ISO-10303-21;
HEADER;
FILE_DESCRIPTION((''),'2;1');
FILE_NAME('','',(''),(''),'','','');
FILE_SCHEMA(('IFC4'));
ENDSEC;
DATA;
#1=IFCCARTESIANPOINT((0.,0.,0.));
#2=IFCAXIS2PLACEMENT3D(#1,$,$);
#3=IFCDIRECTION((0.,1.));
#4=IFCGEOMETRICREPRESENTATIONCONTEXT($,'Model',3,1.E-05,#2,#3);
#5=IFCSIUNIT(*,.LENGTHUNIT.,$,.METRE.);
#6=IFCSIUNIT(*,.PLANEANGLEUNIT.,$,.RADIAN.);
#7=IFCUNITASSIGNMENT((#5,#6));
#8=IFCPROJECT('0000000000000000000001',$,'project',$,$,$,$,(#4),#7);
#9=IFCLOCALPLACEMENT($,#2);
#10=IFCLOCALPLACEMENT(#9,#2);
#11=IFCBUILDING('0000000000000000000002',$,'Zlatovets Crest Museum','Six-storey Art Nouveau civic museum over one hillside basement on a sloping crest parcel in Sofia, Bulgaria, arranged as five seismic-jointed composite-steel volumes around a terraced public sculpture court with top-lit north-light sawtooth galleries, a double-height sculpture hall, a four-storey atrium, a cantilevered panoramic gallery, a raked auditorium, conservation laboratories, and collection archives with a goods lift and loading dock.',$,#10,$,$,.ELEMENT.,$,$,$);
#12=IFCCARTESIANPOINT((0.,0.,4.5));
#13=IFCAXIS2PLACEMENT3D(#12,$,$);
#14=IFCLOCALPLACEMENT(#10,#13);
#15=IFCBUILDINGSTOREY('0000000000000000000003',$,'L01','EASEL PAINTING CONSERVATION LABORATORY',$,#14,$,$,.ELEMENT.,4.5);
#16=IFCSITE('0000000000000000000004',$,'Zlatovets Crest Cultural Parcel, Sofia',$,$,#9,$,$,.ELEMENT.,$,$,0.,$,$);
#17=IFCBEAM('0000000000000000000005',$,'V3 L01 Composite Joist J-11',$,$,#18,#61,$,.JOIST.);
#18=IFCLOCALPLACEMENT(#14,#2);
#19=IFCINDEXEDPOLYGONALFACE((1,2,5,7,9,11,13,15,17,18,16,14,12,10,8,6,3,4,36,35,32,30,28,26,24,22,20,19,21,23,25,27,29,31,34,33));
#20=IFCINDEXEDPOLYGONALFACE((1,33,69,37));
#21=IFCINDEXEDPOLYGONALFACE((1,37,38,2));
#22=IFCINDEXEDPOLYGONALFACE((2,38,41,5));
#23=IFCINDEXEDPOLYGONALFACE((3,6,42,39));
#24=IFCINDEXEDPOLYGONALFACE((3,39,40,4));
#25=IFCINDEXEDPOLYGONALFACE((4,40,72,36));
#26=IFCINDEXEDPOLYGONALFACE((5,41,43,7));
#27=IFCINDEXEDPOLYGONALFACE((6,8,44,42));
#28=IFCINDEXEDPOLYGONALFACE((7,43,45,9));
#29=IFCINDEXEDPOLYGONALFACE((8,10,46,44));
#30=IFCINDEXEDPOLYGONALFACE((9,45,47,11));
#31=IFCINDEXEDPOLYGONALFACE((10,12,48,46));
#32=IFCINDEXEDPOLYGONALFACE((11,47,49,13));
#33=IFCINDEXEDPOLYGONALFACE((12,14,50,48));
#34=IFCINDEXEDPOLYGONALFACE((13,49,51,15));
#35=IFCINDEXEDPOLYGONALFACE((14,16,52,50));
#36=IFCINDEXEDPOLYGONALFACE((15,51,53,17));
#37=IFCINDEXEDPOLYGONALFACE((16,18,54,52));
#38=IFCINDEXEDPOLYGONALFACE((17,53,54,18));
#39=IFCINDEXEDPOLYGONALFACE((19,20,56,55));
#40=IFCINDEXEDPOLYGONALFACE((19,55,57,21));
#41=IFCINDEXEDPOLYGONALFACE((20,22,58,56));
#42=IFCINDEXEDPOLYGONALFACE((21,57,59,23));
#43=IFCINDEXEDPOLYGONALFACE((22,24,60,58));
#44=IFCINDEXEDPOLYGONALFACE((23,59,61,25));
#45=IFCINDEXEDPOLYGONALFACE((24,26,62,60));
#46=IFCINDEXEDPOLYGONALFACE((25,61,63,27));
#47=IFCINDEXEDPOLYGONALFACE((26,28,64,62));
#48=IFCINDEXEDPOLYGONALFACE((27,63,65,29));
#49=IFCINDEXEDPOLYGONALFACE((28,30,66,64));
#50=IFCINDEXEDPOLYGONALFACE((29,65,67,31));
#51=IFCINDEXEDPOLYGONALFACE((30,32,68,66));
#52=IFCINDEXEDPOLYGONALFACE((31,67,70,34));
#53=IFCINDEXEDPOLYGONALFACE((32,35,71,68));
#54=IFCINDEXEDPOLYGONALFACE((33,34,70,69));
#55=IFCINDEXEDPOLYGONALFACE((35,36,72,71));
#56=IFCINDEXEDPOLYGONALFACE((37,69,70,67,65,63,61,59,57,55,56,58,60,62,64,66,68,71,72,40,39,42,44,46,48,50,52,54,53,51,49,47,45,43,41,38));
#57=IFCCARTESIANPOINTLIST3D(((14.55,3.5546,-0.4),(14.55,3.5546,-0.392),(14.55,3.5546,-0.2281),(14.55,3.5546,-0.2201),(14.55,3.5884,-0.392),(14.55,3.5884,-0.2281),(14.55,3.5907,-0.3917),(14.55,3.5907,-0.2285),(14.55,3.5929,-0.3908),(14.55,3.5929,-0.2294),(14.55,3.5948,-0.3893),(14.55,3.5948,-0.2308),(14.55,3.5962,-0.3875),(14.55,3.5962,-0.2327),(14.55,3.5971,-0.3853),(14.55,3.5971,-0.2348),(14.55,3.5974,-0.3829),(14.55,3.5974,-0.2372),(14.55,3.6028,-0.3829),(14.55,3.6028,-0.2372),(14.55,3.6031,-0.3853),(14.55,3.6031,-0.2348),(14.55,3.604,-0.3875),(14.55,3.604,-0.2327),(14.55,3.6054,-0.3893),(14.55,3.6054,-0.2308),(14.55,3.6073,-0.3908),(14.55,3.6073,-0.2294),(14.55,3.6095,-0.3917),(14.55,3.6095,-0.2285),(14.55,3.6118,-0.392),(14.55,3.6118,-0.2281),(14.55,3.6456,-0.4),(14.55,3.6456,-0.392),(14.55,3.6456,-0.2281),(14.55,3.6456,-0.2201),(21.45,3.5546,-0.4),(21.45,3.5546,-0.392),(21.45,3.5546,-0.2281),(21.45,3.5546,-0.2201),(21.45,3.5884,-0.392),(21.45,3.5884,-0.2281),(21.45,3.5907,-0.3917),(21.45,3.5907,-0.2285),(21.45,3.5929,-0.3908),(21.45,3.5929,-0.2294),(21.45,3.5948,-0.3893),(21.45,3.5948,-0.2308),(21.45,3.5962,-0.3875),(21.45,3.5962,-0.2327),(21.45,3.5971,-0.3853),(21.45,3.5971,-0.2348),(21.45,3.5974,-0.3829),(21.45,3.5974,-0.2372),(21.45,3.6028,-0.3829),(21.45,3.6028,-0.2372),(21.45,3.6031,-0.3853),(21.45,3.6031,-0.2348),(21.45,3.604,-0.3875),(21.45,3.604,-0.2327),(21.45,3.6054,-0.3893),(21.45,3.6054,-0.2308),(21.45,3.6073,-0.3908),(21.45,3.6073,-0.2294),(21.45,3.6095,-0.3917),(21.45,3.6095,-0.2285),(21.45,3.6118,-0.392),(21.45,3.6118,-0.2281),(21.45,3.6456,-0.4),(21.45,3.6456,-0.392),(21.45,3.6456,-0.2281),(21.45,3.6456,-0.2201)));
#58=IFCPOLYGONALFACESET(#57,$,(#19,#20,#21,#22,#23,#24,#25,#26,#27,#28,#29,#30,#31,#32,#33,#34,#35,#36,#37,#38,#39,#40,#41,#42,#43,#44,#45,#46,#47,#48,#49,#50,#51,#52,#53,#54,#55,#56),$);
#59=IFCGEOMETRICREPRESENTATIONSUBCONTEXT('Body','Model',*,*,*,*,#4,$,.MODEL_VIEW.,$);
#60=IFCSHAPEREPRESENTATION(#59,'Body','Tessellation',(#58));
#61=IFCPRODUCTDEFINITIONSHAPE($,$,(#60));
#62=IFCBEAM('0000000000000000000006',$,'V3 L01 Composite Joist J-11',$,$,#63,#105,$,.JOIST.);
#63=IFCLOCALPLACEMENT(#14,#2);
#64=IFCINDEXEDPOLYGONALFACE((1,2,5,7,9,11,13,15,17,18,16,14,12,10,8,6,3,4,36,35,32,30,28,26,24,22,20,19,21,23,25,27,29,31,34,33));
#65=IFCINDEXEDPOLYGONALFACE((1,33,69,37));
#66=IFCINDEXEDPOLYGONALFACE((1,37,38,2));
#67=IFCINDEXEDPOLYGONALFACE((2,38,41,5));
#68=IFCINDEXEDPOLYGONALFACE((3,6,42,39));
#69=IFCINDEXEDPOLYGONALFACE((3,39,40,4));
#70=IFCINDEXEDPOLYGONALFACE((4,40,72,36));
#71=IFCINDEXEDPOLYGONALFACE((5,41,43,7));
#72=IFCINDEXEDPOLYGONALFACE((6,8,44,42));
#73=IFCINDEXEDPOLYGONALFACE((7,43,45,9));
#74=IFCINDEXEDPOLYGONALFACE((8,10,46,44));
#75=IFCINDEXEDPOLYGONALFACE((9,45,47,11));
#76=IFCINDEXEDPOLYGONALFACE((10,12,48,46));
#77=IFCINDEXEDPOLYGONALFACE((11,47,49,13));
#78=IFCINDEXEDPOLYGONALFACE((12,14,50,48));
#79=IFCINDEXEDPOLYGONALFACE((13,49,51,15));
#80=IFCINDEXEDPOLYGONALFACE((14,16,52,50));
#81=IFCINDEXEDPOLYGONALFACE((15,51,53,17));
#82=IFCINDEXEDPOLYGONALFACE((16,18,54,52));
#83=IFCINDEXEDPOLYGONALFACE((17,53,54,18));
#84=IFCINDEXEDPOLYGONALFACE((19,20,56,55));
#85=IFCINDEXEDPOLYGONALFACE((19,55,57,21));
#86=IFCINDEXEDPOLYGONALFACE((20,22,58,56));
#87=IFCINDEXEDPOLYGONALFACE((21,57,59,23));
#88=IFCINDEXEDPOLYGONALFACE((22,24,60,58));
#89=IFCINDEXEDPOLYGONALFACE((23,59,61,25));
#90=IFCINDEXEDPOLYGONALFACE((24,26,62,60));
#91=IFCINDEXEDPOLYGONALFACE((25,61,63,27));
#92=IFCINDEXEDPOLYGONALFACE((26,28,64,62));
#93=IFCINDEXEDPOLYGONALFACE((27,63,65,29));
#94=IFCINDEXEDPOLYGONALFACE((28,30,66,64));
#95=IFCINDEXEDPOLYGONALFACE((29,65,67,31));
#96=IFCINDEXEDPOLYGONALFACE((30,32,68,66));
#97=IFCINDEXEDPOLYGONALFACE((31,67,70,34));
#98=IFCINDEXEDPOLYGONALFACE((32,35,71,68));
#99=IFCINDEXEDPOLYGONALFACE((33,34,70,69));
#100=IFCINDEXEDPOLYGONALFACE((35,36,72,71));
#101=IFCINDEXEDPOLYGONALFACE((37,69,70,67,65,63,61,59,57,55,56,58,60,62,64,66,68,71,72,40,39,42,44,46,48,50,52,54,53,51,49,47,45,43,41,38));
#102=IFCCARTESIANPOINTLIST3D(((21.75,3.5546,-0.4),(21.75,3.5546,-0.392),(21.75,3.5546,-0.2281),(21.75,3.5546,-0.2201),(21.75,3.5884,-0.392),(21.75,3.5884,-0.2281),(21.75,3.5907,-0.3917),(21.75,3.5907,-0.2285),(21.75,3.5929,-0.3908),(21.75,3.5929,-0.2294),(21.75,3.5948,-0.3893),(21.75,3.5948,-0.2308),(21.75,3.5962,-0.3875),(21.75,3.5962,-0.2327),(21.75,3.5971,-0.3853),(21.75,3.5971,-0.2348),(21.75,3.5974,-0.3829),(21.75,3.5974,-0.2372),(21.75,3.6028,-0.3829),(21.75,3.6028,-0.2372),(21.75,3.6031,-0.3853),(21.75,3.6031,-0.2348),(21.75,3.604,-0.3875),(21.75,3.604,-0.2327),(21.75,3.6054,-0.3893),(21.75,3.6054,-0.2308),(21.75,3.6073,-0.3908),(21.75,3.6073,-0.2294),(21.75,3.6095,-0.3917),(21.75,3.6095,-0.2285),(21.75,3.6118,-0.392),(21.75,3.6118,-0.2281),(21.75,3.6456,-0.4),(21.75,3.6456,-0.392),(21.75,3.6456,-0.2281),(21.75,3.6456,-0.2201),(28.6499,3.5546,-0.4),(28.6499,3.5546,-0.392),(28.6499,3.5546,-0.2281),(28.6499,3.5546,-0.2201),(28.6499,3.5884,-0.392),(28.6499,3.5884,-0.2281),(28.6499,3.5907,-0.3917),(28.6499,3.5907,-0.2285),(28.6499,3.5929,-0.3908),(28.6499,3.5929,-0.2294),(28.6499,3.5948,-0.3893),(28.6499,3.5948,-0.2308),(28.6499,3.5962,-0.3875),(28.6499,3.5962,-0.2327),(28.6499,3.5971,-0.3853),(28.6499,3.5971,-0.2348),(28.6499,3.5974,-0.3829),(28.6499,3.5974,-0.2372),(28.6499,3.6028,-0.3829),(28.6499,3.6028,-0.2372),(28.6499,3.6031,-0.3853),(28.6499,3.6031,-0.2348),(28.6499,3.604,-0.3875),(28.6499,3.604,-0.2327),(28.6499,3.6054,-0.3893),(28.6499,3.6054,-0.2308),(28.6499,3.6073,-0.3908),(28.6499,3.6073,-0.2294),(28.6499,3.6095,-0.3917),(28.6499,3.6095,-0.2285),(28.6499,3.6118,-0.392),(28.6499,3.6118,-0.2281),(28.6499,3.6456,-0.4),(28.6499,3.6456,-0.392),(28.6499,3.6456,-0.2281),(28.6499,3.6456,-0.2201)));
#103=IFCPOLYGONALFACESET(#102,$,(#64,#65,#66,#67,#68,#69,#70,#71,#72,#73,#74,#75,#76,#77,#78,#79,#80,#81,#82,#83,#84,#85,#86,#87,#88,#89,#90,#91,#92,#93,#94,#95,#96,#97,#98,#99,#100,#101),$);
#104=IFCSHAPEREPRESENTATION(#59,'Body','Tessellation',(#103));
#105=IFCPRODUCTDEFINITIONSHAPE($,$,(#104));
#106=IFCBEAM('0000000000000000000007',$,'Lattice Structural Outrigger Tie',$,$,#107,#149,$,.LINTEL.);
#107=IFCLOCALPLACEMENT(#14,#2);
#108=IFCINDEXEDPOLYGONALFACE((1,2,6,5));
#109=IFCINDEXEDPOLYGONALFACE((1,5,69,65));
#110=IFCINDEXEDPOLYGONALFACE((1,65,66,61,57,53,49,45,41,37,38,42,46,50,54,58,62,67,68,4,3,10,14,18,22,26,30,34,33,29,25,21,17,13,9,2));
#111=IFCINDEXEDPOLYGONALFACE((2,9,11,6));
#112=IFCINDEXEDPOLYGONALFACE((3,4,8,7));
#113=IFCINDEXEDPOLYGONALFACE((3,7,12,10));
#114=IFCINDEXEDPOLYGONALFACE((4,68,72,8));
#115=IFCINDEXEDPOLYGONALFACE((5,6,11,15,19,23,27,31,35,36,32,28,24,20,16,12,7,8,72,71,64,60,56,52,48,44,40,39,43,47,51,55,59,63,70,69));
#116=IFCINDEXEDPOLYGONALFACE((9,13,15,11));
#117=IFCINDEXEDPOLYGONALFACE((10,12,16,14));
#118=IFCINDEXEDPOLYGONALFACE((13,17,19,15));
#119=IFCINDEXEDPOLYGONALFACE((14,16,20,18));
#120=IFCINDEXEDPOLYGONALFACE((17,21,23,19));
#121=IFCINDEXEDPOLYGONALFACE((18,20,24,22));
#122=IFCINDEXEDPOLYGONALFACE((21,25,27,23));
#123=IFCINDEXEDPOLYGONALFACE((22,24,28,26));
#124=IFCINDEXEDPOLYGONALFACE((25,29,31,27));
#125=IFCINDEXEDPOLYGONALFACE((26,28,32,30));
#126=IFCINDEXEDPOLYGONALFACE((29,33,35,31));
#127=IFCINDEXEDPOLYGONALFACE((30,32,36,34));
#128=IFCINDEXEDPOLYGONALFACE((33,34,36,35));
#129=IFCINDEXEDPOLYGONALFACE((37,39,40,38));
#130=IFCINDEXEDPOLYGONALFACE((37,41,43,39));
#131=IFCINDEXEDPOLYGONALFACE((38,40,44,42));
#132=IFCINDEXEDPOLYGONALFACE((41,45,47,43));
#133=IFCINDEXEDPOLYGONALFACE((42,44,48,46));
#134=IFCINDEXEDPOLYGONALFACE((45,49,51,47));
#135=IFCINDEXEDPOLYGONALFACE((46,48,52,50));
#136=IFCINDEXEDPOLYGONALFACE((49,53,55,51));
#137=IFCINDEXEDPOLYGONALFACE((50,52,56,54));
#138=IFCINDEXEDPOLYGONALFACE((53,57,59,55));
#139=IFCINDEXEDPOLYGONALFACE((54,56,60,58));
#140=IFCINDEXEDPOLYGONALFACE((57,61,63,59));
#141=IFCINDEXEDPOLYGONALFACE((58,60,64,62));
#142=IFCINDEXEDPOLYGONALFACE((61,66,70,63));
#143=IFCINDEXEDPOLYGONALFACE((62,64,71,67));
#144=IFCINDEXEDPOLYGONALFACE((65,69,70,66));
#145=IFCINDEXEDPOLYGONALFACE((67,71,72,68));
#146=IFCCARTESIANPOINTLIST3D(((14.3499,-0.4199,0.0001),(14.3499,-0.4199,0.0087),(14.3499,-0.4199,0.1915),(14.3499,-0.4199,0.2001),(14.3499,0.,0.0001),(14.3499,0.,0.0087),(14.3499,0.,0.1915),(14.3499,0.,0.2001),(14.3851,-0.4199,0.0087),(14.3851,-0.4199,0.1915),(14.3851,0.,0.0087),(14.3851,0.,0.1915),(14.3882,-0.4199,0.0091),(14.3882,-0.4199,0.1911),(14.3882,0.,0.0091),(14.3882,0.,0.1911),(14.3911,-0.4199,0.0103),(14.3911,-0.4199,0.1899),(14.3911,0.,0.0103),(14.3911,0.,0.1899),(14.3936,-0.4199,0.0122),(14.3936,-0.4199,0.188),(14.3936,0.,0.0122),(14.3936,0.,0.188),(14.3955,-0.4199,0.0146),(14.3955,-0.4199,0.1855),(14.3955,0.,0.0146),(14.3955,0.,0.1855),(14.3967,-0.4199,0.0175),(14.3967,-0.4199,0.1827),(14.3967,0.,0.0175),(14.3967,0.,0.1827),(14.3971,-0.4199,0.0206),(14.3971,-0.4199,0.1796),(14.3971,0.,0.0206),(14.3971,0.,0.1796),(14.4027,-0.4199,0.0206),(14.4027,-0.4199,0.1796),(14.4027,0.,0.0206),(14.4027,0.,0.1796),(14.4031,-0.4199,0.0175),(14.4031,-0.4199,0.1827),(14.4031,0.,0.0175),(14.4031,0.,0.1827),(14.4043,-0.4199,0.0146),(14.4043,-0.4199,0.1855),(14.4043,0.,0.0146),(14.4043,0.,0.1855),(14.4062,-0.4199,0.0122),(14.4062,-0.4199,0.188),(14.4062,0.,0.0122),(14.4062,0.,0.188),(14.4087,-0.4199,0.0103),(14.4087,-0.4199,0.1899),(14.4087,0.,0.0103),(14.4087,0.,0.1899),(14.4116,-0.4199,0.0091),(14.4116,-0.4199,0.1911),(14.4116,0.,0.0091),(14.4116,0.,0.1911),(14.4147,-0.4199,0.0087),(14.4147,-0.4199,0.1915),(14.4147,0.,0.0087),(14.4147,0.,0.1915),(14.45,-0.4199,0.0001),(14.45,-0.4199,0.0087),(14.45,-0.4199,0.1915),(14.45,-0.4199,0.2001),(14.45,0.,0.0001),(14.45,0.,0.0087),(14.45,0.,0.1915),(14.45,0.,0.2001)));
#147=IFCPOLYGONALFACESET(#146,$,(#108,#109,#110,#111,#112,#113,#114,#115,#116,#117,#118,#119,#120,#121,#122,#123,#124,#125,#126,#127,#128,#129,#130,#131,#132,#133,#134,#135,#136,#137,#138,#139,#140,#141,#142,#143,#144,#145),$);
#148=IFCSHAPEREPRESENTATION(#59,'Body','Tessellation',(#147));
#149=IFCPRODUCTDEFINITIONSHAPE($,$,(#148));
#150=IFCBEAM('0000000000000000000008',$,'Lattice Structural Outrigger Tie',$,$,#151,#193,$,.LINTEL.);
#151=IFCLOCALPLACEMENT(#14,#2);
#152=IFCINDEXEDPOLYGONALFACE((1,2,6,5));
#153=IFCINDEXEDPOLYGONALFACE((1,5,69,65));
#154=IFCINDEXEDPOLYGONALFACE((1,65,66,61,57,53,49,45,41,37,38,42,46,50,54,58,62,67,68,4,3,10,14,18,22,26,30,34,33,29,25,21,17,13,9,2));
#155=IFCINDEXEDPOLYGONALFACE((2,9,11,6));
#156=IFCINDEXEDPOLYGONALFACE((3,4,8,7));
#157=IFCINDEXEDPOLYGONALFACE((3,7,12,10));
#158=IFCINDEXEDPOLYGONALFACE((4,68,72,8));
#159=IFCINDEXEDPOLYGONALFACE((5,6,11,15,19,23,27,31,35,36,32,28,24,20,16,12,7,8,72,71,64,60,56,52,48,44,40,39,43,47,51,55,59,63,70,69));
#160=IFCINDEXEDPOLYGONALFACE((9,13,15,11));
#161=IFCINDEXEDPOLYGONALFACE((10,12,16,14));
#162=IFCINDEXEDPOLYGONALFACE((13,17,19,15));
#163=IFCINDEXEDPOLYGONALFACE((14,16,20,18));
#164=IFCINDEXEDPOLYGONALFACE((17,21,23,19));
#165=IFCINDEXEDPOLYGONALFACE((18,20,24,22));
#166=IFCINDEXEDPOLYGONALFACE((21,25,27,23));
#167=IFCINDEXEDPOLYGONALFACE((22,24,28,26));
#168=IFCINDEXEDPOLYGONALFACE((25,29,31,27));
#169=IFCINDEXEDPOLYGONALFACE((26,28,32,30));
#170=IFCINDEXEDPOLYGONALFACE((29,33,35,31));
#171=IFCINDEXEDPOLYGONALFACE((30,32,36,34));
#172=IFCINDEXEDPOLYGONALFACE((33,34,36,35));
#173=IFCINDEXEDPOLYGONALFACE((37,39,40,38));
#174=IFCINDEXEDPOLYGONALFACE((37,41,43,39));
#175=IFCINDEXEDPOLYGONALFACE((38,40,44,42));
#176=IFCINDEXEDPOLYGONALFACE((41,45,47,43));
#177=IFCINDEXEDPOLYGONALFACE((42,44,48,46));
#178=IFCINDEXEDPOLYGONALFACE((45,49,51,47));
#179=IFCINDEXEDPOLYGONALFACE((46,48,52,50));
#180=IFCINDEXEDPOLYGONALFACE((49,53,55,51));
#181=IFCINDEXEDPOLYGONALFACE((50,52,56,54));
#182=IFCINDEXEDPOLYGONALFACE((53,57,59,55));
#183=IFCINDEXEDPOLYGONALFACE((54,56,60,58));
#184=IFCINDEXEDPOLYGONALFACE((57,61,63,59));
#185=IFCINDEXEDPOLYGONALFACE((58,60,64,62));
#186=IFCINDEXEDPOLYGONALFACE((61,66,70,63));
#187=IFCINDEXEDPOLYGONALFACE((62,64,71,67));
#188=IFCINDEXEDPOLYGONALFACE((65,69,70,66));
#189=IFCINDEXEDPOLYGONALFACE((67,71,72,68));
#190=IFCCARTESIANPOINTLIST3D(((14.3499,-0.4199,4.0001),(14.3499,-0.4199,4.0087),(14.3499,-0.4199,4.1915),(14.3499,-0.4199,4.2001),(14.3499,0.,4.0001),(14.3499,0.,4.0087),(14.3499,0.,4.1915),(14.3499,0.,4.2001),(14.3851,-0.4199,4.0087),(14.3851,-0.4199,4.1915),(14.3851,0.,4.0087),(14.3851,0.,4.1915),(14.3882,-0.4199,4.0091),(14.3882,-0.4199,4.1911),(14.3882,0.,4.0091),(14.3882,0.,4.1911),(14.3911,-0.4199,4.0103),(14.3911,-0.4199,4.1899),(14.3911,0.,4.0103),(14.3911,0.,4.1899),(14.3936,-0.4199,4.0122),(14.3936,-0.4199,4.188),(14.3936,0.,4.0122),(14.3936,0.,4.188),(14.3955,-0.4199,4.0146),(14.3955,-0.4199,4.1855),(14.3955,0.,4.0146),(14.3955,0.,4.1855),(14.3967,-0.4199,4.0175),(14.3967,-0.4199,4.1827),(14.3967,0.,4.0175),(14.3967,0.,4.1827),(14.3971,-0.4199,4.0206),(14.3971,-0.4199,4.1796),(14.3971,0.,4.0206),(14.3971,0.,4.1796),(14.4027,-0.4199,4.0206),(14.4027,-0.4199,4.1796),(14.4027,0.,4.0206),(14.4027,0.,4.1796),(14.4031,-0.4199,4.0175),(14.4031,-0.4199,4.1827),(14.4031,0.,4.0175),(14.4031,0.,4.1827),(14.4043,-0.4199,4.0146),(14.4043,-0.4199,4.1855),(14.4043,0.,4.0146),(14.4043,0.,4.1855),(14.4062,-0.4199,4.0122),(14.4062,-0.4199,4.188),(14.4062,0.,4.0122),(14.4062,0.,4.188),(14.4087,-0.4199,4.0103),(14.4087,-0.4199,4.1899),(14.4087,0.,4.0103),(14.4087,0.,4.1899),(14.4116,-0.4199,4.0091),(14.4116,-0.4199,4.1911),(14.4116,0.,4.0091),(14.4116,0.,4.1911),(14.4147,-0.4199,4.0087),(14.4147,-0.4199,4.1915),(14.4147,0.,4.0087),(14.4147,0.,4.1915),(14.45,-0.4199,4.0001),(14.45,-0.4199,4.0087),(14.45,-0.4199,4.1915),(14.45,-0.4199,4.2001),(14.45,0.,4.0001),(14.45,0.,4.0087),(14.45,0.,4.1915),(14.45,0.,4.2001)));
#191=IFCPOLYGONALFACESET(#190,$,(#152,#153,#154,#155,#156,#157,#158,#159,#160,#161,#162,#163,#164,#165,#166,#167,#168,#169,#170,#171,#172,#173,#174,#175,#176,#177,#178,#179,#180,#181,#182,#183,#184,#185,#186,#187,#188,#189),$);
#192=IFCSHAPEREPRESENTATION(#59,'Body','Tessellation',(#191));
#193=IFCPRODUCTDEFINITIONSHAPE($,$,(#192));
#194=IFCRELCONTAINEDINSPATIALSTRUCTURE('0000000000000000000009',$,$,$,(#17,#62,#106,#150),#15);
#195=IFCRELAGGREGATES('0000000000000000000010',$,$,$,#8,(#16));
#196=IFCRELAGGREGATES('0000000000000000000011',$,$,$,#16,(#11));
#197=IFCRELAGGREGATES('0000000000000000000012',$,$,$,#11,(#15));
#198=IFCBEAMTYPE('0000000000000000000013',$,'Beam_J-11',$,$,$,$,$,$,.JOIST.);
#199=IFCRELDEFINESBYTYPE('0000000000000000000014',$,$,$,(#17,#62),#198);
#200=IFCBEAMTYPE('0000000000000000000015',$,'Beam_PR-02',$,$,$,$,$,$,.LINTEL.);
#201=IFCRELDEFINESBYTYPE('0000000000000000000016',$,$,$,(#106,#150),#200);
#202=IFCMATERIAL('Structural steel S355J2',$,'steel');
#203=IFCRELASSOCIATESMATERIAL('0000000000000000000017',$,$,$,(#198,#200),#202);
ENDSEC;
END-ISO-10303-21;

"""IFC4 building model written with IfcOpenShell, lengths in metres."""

from ifc_helpers import new_model, si_unit, direction, frame, origin, origin_2d, place, context, subcontext, project, spatial, i_section, extrude, material, material_profile, profile_set, type_object, element, save


model = new_model("IFC4")

# Units and contexts
model_context = context("Model", 3, precision=1e-05, world=origin(), true_north=direction((0.0, 1.0)))
body_context = subcontext(model_context, "Body", "Model", "MODEL_VIEW")
ifc_project = project(units=[si_unit("LENGTHUNIT", "METRE"), si_unit("PLANEANGLEUNIT", "RADIAN")], contexts=[model_context])

# Site, building, storey
site_placement = place(None, origin())
site = spatial("IfcSite", under=ifc_project, at=site_placement, Name="Zlatovets Crest Cultural Parcel, Sofia", CompositionType="ELEMENT", RefElevation=0.0)
building_placement = place(site_placement, origin())
building = spatial("IfcBuilding", under=site, at=building_placement, Name="Zlatovets Crest Museum", Description="Six-storey Art Nouveau civic museum over one hillside basement on a sloping crest parcel in Sofia, Bulgaria, arranged as five seismic-jointed composite-steel volumes around a terraced public sculpture court with top-lit north-light sawtooth galleries, a double-height sculpture hall, a four-storey atrium, a cantilevered panoramic gallery, a raked auditorium, conservation laboratories, and collection archives with a goods lift and loading dock.", CompositionType="ELEMENT")
storey_placement = place(building_placement, frame((0.0, 0.0, 4.5)))
storey = spatial("IfcBuildingStorey", under=building, at=storey_placement, Name="L01", Description="EASEL PAINTING CONSERVATION LABORATORY", CompositionType="ELEMENT", Elevation=4.5)

# Shared definitions
ifc_material_1 = material(Name="Structural steel S355J2", Category="steel")

# Beams
ifc_material_profile_1 = material_profile(ifc_material_1, i_section(OverallWidth=0.0911, OverallDepth=0.1799, WebThickness=0.0054, FlangeThickness=0.0081, FilletRadius=0.009, at=origin_2d()), Name="IPE 180")
ifc_profile_set_1 = profile_set([ifc_material_profile_1], Name="Structural steel S355J2")
beam_type_1 = type_object("IfcBeamType", Name="Beam_J-11", PredefinedType="JOIST", material=ifc_profile_set_1)
for number, where, z_axis, x_axis, name in (
    (1, (14.55, 3.6001, -0.3101), (1.0, 0.0, 0.0), (0.0, 1.0, 0.0), "V3 L01 Composite Joist J-11"),
    (2, (21.75, 3.6001, -0.3101), (1.0, 0.0, 0.0), (0.0, 1.0, 0.0), "V3 L01 Composite Joist J-11"),
):
    element("IfcBeam", number, at=place(storey_placement, frame(where, z_axis=z_axis, x_axis=x_axis)), inside=storey, type_object=beam_type_1, Name=name, PredefinedType="JOIST", context=body_context, shape_type="SweptSolid", body=[
        extrude(i_section(OverallWidth=0.0911, OverallDepth=0.1799, WebThickness=0.0054, FlangeThickness=0.0081, FilletRadius=0.009, at=origin_2d()), origin(), (0.0, 0.0, 1.0), 6.8999),
    ])
ifc_material_profile_2 = material_profile(ifc_material_1, i_section(OverallWidth=0.1001, OverallDepth=0.2, WebThickness=0.0056, FlangeThickness=0.0085, FilletRadius=0.012, at=origin_2d()), Name="IPE 200")
ifc_profile_set_2 = profile_set([ifc_material_profile_2], Name="Structural steel S355J2")
beam_type_2 = type_object("IfcBeamType", Name="Beam_PR-02", PredefinedType="LINTEL", material=ifc_profile_set_2)
for number, where, z_axis, x_axis, name in (
    (3, (14.3999, 0.0, 0.1001), (0.0, -1.0, 0.0), (1.0, 0.0, 0.0), "Lattice Structural Outrigger Tie"),
    (4, (14.3999, 0.0, 4.1001), (0.0, -1.0, 0.0), (1.0, 0.0, 0.0), "Lattice Structural Outrigger Tie"),
):
    element("IfcBeam", number, at=place(storey_placement, frame(where, z_axis=z_axis, x_axis=x_axis)), inside=storey, type_object=beam_type_2, Name=name, PredefinedType="LINTEL", context=body_context, shape_type="SweptSolid", body=[
        extrude(i_section(OverallWidth=0.1001, OverallDepth=0.2, WebThickness=0.0056, FlangeThickness=0.0085, FilletRadius=0.012, at=origin_2d()), origin(), (0.0, 0.0, 1.0), 0.4199),
    ])

save(model, "model.ifc")
